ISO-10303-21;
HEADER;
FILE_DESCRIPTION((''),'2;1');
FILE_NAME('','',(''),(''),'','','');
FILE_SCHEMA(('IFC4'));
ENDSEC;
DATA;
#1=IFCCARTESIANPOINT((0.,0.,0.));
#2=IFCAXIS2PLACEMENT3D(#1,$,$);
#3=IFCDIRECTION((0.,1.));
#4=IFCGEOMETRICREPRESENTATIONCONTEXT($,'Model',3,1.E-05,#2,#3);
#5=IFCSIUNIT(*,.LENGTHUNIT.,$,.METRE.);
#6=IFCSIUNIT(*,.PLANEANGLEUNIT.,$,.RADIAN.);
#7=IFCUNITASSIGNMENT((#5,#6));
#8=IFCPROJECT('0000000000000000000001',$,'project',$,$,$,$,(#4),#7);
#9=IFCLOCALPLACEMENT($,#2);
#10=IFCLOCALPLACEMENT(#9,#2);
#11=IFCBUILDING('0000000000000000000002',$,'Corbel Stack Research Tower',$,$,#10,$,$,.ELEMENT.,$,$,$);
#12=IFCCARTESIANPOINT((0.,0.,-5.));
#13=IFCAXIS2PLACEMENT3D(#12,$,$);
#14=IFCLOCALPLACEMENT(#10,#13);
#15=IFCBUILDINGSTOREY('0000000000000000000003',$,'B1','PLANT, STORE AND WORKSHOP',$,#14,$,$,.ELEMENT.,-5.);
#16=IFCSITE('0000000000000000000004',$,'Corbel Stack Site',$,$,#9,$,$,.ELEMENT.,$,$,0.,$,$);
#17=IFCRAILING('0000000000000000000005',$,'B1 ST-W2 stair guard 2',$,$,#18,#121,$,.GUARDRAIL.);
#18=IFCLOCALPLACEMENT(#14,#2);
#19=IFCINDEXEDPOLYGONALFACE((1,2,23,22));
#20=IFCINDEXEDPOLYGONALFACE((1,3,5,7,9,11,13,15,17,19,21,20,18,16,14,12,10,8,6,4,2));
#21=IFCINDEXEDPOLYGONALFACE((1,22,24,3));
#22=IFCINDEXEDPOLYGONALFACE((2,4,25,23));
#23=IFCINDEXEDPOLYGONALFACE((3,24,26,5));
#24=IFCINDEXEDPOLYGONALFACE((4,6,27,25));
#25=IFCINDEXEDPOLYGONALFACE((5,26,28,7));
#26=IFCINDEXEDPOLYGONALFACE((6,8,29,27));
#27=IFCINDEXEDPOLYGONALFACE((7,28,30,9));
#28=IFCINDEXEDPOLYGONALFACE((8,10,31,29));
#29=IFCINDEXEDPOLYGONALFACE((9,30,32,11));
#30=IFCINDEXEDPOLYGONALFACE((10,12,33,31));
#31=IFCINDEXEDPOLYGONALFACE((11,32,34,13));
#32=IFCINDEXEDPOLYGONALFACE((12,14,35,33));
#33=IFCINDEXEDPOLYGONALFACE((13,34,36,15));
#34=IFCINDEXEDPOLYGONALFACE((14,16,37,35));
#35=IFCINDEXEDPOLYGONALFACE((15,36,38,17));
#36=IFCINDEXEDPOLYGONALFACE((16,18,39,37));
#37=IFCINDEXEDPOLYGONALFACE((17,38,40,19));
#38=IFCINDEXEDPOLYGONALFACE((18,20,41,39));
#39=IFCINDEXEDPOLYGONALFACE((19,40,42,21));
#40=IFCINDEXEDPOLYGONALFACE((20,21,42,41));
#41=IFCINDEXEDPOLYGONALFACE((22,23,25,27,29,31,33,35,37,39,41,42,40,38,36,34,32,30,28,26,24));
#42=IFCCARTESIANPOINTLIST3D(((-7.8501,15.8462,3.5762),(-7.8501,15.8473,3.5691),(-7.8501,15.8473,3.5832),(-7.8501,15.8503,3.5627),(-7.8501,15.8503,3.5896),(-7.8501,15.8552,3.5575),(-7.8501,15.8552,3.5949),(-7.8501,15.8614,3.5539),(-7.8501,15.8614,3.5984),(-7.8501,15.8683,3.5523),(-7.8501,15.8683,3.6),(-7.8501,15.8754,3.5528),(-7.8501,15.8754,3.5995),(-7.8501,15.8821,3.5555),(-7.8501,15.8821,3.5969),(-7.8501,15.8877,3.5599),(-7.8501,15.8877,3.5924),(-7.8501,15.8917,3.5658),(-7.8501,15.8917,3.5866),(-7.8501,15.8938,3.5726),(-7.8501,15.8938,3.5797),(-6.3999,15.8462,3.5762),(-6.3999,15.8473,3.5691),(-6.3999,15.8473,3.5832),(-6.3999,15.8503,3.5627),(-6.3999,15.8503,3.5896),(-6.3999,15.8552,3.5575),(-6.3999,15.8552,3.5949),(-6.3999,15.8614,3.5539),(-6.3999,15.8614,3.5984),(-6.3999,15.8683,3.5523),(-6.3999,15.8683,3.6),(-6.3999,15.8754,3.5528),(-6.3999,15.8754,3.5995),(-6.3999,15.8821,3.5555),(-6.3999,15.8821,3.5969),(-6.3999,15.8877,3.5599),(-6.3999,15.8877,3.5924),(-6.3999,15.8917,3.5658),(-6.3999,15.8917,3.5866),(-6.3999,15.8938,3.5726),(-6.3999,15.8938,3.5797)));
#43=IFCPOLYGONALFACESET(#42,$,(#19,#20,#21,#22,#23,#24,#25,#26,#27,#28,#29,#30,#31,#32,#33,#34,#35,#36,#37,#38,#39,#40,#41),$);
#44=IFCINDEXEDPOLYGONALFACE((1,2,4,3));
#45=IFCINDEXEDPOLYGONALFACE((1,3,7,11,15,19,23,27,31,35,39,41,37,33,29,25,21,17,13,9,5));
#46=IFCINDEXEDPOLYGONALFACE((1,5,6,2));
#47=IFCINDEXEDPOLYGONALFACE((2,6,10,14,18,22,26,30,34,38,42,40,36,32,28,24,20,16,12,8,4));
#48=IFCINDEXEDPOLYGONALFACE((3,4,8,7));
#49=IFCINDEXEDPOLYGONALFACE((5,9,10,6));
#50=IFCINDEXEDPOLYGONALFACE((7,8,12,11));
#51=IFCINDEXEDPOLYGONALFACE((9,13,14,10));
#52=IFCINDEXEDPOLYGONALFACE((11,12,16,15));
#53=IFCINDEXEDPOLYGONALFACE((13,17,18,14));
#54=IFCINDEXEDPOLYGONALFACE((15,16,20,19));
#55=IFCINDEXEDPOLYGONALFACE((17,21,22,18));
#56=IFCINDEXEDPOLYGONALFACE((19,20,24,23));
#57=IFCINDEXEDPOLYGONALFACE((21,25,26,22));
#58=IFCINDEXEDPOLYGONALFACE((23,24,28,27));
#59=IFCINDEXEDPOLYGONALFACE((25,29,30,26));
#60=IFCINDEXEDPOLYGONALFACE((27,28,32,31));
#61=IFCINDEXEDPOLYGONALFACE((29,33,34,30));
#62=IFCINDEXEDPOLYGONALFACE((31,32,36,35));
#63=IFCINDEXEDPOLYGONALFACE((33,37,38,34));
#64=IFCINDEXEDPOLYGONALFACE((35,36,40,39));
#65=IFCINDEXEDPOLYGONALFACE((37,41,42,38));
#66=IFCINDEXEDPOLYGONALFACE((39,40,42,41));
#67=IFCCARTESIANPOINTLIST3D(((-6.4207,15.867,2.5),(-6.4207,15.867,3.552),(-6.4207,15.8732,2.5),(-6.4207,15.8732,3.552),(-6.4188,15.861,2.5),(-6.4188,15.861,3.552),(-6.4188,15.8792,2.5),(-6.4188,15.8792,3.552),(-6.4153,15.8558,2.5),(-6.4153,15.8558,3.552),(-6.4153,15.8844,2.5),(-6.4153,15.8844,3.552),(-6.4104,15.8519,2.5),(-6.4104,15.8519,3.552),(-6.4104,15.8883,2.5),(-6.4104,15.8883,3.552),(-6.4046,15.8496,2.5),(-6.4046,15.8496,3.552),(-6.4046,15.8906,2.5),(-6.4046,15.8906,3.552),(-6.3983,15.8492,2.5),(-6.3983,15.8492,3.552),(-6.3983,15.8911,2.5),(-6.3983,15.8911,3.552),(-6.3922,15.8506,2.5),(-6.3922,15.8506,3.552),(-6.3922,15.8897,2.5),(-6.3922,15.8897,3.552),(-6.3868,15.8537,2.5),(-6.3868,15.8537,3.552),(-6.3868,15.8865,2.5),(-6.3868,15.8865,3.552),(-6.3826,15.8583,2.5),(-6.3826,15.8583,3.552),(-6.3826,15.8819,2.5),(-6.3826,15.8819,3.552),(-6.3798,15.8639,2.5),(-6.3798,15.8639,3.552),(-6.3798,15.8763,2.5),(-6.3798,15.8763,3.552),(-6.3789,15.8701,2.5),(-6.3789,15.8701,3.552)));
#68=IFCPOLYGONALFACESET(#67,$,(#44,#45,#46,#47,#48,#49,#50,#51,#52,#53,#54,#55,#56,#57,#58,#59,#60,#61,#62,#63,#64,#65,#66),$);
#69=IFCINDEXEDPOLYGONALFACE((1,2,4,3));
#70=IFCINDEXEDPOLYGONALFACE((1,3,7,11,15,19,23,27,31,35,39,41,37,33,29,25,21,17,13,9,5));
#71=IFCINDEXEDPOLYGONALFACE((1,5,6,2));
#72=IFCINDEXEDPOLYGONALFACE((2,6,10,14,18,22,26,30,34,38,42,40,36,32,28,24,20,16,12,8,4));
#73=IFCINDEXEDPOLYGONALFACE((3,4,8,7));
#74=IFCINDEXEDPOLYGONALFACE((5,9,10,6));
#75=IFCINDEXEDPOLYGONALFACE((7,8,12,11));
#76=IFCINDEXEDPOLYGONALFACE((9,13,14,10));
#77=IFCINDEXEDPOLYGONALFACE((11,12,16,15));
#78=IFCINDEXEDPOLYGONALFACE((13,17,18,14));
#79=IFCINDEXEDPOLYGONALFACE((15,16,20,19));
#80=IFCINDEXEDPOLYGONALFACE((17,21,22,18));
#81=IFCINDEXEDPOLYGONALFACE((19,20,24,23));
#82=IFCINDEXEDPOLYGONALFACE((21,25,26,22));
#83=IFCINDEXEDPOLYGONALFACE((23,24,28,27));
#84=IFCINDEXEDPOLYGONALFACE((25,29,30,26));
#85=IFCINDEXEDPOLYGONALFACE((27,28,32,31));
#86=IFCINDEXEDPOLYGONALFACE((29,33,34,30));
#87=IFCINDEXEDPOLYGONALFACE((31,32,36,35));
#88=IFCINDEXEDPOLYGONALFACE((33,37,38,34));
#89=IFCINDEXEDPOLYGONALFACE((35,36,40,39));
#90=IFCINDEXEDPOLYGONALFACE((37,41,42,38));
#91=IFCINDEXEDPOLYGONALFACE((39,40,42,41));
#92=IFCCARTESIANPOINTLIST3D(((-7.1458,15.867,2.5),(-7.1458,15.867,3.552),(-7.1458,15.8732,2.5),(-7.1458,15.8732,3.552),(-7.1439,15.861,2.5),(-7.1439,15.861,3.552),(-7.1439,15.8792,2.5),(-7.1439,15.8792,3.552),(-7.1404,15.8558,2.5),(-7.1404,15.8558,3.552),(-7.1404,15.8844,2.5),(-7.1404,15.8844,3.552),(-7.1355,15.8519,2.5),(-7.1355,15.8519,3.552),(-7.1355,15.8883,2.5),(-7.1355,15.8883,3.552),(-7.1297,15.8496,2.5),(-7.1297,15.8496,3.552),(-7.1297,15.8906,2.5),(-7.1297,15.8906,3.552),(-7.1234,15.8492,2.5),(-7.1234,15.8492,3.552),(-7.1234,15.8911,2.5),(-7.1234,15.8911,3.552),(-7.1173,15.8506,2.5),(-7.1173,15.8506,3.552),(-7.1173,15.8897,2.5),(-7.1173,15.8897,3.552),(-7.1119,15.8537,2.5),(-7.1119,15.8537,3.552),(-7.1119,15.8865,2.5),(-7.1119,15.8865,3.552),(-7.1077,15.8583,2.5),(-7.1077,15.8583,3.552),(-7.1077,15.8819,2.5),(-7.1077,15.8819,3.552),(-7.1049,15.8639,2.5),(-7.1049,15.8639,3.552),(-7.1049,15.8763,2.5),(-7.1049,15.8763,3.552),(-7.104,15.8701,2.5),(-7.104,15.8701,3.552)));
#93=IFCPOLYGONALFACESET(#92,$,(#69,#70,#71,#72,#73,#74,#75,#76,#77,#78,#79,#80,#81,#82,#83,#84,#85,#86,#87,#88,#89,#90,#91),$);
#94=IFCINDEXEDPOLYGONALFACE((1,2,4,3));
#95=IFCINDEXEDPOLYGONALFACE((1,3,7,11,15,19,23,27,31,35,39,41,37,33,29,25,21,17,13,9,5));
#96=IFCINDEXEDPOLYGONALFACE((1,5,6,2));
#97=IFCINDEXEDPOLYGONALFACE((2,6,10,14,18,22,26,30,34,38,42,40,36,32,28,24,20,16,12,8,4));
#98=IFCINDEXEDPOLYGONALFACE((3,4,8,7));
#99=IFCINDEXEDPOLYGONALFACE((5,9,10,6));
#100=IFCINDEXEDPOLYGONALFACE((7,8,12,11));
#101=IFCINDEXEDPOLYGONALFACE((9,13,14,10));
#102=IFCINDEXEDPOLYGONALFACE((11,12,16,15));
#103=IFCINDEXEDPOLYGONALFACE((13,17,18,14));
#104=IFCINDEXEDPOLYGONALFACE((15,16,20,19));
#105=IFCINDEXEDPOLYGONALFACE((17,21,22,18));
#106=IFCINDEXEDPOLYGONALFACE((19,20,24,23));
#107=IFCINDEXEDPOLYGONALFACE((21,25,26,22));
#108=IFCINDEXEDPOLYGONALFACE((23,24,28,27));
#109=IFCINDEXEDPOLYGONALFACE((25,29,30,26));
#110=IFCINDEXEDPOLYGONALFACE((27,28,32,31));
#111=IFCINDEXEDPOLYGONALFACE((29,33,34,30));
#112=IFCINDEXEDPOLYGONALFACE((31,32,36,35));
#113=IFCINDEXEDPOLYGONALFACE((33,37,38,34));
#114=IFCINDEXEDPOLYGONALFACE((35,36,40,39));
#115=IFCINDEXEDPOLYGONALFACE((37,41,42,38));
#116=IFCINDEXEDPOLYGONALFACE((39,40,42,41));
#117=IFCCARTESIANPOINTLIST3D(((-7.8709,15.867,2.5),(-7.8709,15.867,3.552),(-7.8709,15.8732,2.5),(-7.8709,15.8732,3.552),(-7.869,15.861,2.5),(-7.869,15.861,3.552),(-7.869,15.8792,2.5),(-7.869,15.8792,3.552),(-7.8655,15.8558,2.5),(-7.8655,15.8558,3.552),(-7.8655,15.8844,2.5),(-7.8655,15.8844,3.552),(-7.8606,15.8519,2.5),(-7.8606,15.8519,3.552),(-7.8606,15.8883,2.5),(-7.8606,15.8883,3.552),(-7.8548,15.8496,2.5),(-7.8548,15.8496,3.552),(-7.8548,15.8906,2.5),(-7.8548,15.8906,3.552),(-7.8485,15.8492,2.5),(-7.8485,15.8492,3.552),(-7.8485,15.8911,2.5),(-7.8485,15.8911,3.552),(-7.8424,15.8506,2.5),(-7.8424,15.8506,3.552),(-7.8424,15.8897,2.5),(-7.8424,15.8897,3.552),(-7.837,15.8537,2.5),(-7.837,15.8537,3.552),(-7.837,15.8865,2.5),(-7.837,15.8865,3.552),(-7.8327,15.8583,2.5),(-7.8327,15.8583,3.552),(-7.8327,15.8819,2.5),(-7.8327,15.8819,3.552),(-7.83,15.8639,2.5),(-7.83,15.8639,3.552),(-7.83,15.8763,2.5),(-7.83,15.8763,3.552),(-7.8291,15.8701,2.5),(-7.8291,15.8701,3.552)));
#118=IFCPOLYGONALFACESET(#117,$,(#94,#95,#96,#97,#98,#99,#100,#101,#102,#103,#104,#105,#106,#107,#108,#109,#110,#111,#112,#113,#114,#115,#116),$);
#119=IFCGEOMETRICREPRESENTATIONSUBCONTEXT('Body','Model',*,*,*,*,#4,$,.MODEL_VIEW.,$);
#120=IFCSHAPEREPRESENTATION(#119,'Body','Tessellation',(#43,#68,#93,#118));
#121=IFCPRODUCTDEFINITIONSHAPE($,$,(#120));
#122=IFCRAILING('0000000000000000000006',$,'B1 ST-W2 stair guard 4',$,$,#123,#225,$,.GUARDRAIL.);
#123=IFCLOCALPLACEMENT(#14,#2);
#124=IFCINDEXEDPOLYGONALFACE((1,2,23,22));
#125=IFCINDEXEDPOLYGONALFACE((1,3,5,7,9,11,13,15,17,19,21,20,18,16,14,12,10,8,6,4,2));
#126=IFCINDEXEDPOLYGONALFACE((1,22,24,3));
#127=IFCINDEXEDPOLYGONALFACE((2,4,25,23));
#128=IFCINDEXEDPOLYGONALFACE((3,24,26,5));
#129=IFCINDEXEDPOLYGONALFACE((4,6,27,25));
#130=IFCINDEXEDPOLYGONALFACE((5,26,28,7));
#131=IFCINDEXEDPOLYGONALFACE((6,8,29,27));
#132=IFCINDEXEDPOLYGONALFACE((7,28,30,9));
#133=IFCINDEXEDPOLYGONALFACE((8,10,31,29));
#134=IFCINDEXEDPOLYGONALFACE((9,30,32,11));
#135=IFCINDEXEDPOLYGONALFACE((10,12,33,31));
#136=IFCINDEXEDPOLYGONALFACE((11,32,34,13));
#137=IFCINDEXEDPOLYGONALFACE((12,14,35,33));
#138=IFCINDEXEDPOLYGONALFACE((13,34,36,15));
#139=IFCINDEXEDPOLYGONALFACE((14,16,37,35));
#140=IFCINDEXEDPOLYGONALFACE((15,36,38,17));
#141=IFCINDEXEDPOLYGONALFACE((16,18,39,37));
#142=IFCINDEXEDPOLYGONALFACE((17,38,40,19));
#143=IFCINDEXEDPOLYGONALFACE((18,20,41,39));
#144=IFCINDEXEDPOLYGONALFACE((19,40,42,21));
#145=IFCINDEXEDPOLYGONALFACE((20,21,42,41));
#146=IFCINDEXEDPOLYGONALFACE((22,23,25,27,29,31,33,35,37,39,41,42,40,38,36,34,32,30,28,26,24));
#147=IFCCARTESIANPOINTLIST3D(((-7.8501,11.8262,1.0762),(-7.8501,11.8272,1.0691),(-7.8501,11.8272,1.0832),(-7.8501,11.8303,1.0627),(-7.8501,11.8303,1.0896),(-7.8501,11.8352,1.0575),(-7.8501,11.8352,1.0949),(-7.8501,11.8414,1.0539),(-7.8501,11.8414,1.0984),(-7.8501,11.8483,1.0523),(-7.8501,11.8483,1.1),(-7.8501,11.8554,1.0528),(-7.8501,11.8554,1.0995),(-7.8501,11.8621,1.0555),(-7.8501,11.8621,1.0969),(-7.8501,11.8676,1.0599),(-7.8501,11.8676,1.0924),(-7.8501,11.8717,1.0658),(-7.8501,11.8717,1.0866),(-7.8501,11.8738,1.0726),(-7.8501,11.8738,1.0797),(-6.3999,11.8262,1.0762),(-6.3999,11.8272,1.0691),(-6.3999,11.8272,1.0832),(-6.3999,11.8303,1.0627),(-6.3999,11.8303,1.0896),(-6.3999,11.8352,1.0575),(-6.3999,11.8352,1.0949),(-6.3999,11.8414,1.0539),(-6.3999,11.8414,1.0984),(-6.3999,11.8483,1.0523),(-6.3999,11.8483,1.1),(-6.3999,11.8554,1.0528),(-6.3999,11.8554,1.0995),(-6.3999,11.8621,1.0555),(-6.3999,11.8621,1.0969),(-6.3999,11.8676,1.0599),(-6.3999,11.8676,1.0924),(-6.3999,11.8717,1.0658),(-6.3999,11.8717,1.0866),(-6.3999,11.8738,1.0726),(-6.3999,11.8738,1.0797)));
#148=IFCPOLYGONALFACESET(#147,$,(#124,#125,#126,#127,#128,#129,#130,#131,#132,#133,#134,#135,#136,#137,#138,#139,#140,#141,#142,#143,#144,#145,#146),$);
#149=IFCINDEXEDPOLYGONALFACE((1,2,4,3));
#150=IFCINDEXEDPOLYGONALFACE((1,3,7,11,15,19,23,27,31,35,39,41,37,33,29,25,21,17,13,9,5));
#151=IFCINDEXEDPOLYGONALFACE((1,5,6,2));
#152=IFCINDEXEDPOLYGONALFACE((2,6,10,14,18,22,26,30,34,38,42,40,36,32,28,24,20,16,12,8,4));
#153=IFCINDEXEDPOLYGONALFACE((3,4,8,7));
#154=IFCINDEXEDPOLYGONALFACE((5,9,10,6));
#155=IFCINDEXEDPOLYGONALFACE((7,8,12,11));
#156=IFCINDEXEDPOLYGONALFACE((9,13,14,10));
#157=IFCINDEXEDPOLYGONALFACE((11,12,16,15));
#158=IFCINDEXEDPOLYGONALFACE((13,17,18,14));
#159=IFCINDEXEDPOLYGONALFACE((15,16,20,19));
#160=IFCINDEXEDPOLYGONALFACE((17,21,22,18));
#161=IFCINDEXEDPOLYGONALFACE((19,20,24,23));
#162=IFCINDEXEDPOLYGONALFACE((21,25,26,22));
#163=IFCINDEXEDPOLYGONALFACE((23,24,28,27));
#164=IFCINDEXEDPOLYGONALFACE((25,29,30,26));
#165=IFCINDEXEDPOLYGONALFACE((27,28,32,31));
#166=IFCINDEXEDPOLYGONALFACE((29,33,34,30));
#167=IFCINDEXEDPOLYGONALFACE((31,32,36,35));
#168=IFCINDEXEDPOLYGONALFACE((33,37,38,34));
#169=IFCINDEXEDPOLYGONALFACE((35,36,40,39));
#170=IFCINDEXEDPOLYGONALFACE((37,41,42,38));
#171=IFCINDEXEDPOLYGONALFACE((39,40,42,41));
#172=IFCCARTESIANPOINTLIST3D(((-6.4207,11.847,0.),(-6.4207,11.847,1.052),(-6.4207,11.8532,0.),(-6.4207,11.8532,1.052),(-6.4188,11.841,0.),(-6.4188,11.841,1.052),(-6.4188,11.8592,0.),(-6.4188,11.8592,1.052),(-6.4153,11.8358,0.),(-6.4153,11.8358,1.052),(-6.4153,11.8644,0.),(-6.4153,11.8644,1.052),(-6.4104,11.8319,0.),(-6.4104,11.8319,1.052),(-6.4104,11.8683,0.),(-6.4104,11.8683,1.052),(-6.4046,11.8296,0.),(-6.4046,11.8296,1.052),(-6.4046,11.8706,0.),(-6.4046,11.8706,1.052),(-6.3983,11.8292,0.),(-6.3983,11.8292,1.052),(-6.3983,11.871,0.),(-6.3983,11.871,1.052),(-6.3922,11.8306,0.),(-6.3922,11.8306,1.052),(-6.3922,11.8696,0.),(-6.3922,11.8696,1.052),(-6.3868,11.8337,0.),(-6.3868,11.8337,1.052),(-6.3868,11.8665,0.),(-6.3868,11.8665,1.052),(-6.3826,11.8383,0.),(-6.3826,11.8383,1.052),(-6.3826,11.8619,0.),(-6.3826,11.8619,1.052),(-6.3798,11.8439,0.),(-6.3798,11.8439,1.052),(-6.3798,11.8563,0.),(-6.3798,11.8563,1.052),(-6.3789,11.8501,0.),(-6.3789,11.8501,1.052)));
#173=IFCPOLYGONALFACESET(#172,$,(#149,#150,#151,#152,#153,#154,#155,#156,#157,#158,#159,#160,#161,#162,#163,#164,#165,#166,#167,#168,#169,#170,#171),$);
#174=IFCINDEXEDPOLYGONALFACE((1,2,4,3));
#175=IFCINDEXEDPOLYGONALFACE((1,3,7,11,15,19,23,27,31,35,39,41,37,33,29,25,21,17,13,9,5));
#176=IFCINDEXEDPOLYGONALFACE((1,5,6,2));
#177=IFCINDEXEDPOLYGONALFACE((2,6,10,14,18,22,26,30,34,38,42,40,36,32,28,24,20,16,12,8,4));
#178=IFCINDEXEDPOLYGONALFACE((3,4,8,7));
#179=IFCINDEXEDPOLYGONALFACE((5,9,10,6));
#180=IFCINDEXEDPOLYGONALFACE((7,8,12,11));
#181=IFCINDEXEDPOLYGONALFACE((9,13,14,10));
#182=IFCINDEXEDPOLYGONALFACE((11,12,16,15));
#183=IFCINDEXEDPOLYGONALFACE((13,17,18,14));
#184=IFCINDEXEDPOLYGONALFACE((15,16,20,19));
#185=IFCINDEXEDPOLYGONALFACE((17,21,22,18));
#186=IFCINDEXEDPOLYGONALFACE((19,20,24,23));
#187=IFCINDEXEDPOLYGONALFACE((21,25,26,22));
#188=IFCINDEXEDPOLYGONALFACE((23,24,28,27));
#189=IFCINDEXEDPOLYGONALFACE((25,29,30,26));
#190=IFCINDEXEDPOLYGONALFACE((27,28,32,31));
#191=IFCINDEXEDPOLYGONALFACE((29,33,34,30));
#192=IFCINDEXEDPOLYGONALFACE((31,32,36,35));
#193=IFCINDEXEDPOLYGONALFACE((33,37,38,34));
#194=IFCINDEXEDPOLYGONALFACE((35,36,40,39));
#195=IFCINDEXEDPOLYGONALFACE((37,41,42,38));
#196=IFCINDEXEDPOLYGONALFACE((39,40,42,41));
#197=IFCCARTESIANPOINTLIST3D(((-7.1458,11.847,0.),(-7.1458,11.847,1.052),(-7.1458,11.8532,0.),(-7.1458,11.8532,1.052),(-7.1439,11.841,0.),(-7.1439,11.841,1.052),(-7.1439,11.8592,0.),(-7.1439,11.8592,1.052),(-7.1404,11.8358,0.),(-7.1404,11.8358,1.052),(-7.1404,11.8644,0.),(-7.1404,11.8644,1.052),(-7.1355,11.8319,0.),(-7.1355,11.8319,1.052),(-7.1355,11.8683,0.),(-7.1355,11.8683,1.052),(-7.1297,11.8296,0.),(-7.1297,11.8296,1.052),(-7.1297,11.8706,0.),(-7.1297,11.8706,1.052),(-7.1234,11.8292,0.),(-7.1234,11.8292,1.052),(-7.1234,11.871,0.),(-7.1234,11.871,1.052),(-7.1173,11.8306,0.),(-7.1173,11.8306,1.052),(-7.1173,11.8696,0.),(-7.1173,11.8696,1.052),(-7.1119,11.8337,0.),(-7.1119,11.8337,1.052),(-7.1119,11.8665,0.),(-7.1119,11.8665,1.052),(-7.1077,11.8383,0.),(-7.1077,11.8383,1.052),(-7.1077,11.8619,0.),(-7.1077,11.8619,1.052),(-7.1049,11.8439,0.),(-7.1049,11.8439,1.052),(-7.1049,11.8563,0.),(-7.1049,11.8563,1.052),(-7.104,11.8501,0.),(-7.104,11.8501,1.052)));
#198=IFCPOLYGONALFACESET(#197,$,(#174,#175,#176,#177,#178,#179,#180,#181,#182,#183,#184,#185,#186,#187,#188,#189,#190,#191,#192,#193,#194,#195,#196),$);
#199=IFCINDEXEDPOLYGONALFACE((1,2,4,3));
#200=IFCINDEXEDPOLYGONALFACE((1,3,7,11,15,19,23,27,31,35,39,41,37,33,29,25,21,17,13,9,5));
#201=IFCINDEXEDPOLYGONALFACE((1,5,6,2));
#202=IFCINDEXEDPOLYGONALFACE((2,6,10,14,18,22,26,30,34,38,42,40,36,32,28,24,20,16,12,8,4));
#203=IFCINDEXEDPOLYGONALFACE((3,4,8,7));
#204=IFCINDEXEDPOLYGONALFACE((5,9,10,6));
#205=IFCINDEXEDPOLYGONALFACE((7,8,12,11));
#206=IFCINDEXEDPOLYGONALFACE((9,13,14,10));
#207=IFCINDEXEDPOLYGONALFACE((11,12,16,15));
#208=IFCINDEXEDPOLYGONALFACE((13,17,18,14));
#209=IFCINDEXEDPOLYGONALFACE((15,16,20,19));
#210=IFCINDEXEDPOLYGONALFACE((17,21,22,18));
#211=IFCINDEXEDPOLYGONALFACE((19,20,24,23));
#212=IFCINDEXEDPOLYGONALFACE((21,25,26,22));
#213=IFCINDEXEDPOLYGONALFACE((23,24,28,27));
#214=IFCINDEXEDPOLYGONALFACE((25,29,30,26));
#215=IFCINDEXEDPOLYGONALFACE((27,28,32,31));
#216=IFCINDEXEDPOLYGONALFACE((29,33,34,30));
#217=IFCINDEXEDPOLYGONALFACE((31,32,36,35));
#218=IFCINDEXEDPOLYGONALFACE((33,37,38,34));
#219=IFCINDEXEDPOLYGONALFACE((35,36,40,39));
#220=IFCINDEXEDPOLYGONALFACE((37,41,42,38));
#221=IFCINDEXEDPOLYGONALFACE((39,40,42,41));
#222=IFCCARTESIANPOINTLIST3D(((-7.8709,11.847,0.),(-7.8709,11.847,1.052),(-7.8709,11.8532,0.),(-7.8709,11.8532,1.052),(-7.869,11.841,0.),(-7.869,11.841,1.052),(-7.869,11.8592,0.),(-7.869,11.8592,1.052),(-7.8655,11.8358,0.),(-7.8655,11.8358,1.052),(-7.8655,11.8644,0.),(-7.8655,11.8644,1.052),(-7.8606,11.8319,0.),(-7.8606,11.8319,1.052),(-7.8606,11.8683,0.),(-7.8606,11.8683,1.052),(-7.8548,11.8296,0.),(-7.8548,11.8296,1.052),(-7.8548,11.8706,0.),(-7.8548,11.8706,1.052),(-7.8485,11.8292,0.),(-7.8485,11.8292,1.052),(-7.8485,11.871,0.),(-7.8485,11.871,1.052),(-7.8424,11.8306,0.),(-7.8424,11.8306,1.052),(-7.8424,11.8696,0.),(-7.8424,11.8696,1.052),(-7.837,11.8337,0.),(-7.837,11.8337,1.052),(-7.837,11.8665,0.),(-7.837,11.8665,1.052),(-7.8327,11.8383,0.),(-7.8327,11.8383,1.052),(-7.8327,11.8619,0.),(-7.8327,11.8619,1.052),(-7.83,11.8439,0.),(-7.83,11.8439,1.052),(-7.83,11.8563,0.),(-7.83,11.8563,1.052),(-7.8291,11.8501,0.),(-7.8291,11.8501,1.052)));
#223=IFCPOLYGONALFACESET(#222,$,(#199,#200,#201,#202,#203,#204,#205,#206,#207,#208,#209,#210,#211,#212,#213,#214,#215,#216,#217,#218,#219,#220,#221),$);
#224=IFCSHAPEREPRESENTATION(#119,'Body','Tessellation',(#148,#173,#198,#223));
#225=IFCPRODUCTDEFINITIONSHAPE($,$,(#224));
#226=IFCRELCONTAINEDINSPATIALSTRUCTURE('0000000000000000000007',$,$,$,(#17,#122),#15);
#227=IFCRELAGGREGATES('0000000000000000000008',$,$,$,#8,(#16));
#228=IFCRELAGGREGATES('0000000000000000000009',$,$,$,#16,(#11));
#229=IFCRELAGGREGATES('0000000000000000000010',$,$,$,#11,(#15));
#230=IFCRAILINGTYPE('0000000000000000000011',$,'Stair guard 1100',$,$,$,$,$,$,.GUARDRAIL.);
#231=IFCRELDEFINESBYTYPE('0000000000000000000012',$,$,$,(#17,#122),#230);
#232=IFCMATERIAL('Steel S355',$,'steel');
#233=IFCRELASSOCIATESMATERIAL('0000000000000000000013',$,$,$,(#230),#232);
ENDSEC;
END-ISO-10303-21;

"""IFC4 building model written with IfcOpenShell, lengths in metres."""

from ifc_helpers import new_model, si_unit, direction, frame, origin, origin_2d, place, context, subcontext, project, spatial, circle, extrude, material, type_object, element, save


model = new_model("IFC4")

# Units and contexts
model_context = context("Model", 3, precision=1e-05, world=origin(), true_north=direction((0.0, 1.0)))
body_context = subcontext(model_context, "Body", "Model", "MODEL_VIEW")
ifc_project = project(units=[si_unit("LENGTHUNIT", "METRE"), si_unit("PLANEANGLEUNIT", "RADIAN")], contexts=[model_context])

# Site, building, storey
site_placement = place(None, origin())
site = spatial("IfcSite", under=ifc_project, at=site_placement, Name="Corbel Stack Site", CompositionType="ELEMENT", RefElevation=0.0)
building_placement = place(site_placement, origin())
building = spatial("IfcBuilding", under=site, at=building_placement, Name="Corbel Stack Research Tower", CompositionType="ELEMENT")
storey_placement = place(building_placement, frame((0.0, 0.0, -5.0)))
storey = spatial("IfcBuildingStorey", under=building, at=storey_placement, Name="B1", Description="PLANT, STORE AND WORKSHOP", CompositionType="ELEMENT", Elevation=-5.0)

# Railings
ifc_material_1 = material(Name="Steel S355", Category="steel")
railing_type_1 = type_object("IfcRailingType", Name="Stair guard 1100", PredefinedType="GUARDRAIL", material=ifc_material_1)
for number, where, name in (
    (1, (-6.3999, 15.8701, 2.5), "B1 ST-W2 stair guard 2"),
    (2, (-6.3999, 11.8501, 0.0), "B1 ST-W2 stair guard 4"),
):
    element("IfcRailing", number, at=place(storey_placement, frame(where)), inside=storey, type_object=railing_type_1, Name=name, PredefinedType="GUARDRAIL", context=body_context, shape_type="SweptSolid", body=[
        extrude(circle(Radius=0.0239, at=origin_2d()), frame((0.0, 0.0, 1.0762), z_axis=(-1.0, 0.0, 0.0), x_axis=(0.0, -1.0, 0.0)), (0.0, 0.0, 1.0), 1.4502),
        extrude(circle(Radius=0.021, at=origin_2d()), origin(), (0.0, 0.0, 1.0), 1.052),
        extrude(circle(Radius=0.021, at=origin_2d()), frame((-0.7251, 0.0, 0.0)), (0.0, 0.0, 1.0), 1.052),
        extrude(circle(Radius=0.021, at=origin_2d()), frame((-1.4502, 0.0, 0.0)), (0.0, 0.0, 1.0), 1.052),
    ])

save(model, "model.ifc")
